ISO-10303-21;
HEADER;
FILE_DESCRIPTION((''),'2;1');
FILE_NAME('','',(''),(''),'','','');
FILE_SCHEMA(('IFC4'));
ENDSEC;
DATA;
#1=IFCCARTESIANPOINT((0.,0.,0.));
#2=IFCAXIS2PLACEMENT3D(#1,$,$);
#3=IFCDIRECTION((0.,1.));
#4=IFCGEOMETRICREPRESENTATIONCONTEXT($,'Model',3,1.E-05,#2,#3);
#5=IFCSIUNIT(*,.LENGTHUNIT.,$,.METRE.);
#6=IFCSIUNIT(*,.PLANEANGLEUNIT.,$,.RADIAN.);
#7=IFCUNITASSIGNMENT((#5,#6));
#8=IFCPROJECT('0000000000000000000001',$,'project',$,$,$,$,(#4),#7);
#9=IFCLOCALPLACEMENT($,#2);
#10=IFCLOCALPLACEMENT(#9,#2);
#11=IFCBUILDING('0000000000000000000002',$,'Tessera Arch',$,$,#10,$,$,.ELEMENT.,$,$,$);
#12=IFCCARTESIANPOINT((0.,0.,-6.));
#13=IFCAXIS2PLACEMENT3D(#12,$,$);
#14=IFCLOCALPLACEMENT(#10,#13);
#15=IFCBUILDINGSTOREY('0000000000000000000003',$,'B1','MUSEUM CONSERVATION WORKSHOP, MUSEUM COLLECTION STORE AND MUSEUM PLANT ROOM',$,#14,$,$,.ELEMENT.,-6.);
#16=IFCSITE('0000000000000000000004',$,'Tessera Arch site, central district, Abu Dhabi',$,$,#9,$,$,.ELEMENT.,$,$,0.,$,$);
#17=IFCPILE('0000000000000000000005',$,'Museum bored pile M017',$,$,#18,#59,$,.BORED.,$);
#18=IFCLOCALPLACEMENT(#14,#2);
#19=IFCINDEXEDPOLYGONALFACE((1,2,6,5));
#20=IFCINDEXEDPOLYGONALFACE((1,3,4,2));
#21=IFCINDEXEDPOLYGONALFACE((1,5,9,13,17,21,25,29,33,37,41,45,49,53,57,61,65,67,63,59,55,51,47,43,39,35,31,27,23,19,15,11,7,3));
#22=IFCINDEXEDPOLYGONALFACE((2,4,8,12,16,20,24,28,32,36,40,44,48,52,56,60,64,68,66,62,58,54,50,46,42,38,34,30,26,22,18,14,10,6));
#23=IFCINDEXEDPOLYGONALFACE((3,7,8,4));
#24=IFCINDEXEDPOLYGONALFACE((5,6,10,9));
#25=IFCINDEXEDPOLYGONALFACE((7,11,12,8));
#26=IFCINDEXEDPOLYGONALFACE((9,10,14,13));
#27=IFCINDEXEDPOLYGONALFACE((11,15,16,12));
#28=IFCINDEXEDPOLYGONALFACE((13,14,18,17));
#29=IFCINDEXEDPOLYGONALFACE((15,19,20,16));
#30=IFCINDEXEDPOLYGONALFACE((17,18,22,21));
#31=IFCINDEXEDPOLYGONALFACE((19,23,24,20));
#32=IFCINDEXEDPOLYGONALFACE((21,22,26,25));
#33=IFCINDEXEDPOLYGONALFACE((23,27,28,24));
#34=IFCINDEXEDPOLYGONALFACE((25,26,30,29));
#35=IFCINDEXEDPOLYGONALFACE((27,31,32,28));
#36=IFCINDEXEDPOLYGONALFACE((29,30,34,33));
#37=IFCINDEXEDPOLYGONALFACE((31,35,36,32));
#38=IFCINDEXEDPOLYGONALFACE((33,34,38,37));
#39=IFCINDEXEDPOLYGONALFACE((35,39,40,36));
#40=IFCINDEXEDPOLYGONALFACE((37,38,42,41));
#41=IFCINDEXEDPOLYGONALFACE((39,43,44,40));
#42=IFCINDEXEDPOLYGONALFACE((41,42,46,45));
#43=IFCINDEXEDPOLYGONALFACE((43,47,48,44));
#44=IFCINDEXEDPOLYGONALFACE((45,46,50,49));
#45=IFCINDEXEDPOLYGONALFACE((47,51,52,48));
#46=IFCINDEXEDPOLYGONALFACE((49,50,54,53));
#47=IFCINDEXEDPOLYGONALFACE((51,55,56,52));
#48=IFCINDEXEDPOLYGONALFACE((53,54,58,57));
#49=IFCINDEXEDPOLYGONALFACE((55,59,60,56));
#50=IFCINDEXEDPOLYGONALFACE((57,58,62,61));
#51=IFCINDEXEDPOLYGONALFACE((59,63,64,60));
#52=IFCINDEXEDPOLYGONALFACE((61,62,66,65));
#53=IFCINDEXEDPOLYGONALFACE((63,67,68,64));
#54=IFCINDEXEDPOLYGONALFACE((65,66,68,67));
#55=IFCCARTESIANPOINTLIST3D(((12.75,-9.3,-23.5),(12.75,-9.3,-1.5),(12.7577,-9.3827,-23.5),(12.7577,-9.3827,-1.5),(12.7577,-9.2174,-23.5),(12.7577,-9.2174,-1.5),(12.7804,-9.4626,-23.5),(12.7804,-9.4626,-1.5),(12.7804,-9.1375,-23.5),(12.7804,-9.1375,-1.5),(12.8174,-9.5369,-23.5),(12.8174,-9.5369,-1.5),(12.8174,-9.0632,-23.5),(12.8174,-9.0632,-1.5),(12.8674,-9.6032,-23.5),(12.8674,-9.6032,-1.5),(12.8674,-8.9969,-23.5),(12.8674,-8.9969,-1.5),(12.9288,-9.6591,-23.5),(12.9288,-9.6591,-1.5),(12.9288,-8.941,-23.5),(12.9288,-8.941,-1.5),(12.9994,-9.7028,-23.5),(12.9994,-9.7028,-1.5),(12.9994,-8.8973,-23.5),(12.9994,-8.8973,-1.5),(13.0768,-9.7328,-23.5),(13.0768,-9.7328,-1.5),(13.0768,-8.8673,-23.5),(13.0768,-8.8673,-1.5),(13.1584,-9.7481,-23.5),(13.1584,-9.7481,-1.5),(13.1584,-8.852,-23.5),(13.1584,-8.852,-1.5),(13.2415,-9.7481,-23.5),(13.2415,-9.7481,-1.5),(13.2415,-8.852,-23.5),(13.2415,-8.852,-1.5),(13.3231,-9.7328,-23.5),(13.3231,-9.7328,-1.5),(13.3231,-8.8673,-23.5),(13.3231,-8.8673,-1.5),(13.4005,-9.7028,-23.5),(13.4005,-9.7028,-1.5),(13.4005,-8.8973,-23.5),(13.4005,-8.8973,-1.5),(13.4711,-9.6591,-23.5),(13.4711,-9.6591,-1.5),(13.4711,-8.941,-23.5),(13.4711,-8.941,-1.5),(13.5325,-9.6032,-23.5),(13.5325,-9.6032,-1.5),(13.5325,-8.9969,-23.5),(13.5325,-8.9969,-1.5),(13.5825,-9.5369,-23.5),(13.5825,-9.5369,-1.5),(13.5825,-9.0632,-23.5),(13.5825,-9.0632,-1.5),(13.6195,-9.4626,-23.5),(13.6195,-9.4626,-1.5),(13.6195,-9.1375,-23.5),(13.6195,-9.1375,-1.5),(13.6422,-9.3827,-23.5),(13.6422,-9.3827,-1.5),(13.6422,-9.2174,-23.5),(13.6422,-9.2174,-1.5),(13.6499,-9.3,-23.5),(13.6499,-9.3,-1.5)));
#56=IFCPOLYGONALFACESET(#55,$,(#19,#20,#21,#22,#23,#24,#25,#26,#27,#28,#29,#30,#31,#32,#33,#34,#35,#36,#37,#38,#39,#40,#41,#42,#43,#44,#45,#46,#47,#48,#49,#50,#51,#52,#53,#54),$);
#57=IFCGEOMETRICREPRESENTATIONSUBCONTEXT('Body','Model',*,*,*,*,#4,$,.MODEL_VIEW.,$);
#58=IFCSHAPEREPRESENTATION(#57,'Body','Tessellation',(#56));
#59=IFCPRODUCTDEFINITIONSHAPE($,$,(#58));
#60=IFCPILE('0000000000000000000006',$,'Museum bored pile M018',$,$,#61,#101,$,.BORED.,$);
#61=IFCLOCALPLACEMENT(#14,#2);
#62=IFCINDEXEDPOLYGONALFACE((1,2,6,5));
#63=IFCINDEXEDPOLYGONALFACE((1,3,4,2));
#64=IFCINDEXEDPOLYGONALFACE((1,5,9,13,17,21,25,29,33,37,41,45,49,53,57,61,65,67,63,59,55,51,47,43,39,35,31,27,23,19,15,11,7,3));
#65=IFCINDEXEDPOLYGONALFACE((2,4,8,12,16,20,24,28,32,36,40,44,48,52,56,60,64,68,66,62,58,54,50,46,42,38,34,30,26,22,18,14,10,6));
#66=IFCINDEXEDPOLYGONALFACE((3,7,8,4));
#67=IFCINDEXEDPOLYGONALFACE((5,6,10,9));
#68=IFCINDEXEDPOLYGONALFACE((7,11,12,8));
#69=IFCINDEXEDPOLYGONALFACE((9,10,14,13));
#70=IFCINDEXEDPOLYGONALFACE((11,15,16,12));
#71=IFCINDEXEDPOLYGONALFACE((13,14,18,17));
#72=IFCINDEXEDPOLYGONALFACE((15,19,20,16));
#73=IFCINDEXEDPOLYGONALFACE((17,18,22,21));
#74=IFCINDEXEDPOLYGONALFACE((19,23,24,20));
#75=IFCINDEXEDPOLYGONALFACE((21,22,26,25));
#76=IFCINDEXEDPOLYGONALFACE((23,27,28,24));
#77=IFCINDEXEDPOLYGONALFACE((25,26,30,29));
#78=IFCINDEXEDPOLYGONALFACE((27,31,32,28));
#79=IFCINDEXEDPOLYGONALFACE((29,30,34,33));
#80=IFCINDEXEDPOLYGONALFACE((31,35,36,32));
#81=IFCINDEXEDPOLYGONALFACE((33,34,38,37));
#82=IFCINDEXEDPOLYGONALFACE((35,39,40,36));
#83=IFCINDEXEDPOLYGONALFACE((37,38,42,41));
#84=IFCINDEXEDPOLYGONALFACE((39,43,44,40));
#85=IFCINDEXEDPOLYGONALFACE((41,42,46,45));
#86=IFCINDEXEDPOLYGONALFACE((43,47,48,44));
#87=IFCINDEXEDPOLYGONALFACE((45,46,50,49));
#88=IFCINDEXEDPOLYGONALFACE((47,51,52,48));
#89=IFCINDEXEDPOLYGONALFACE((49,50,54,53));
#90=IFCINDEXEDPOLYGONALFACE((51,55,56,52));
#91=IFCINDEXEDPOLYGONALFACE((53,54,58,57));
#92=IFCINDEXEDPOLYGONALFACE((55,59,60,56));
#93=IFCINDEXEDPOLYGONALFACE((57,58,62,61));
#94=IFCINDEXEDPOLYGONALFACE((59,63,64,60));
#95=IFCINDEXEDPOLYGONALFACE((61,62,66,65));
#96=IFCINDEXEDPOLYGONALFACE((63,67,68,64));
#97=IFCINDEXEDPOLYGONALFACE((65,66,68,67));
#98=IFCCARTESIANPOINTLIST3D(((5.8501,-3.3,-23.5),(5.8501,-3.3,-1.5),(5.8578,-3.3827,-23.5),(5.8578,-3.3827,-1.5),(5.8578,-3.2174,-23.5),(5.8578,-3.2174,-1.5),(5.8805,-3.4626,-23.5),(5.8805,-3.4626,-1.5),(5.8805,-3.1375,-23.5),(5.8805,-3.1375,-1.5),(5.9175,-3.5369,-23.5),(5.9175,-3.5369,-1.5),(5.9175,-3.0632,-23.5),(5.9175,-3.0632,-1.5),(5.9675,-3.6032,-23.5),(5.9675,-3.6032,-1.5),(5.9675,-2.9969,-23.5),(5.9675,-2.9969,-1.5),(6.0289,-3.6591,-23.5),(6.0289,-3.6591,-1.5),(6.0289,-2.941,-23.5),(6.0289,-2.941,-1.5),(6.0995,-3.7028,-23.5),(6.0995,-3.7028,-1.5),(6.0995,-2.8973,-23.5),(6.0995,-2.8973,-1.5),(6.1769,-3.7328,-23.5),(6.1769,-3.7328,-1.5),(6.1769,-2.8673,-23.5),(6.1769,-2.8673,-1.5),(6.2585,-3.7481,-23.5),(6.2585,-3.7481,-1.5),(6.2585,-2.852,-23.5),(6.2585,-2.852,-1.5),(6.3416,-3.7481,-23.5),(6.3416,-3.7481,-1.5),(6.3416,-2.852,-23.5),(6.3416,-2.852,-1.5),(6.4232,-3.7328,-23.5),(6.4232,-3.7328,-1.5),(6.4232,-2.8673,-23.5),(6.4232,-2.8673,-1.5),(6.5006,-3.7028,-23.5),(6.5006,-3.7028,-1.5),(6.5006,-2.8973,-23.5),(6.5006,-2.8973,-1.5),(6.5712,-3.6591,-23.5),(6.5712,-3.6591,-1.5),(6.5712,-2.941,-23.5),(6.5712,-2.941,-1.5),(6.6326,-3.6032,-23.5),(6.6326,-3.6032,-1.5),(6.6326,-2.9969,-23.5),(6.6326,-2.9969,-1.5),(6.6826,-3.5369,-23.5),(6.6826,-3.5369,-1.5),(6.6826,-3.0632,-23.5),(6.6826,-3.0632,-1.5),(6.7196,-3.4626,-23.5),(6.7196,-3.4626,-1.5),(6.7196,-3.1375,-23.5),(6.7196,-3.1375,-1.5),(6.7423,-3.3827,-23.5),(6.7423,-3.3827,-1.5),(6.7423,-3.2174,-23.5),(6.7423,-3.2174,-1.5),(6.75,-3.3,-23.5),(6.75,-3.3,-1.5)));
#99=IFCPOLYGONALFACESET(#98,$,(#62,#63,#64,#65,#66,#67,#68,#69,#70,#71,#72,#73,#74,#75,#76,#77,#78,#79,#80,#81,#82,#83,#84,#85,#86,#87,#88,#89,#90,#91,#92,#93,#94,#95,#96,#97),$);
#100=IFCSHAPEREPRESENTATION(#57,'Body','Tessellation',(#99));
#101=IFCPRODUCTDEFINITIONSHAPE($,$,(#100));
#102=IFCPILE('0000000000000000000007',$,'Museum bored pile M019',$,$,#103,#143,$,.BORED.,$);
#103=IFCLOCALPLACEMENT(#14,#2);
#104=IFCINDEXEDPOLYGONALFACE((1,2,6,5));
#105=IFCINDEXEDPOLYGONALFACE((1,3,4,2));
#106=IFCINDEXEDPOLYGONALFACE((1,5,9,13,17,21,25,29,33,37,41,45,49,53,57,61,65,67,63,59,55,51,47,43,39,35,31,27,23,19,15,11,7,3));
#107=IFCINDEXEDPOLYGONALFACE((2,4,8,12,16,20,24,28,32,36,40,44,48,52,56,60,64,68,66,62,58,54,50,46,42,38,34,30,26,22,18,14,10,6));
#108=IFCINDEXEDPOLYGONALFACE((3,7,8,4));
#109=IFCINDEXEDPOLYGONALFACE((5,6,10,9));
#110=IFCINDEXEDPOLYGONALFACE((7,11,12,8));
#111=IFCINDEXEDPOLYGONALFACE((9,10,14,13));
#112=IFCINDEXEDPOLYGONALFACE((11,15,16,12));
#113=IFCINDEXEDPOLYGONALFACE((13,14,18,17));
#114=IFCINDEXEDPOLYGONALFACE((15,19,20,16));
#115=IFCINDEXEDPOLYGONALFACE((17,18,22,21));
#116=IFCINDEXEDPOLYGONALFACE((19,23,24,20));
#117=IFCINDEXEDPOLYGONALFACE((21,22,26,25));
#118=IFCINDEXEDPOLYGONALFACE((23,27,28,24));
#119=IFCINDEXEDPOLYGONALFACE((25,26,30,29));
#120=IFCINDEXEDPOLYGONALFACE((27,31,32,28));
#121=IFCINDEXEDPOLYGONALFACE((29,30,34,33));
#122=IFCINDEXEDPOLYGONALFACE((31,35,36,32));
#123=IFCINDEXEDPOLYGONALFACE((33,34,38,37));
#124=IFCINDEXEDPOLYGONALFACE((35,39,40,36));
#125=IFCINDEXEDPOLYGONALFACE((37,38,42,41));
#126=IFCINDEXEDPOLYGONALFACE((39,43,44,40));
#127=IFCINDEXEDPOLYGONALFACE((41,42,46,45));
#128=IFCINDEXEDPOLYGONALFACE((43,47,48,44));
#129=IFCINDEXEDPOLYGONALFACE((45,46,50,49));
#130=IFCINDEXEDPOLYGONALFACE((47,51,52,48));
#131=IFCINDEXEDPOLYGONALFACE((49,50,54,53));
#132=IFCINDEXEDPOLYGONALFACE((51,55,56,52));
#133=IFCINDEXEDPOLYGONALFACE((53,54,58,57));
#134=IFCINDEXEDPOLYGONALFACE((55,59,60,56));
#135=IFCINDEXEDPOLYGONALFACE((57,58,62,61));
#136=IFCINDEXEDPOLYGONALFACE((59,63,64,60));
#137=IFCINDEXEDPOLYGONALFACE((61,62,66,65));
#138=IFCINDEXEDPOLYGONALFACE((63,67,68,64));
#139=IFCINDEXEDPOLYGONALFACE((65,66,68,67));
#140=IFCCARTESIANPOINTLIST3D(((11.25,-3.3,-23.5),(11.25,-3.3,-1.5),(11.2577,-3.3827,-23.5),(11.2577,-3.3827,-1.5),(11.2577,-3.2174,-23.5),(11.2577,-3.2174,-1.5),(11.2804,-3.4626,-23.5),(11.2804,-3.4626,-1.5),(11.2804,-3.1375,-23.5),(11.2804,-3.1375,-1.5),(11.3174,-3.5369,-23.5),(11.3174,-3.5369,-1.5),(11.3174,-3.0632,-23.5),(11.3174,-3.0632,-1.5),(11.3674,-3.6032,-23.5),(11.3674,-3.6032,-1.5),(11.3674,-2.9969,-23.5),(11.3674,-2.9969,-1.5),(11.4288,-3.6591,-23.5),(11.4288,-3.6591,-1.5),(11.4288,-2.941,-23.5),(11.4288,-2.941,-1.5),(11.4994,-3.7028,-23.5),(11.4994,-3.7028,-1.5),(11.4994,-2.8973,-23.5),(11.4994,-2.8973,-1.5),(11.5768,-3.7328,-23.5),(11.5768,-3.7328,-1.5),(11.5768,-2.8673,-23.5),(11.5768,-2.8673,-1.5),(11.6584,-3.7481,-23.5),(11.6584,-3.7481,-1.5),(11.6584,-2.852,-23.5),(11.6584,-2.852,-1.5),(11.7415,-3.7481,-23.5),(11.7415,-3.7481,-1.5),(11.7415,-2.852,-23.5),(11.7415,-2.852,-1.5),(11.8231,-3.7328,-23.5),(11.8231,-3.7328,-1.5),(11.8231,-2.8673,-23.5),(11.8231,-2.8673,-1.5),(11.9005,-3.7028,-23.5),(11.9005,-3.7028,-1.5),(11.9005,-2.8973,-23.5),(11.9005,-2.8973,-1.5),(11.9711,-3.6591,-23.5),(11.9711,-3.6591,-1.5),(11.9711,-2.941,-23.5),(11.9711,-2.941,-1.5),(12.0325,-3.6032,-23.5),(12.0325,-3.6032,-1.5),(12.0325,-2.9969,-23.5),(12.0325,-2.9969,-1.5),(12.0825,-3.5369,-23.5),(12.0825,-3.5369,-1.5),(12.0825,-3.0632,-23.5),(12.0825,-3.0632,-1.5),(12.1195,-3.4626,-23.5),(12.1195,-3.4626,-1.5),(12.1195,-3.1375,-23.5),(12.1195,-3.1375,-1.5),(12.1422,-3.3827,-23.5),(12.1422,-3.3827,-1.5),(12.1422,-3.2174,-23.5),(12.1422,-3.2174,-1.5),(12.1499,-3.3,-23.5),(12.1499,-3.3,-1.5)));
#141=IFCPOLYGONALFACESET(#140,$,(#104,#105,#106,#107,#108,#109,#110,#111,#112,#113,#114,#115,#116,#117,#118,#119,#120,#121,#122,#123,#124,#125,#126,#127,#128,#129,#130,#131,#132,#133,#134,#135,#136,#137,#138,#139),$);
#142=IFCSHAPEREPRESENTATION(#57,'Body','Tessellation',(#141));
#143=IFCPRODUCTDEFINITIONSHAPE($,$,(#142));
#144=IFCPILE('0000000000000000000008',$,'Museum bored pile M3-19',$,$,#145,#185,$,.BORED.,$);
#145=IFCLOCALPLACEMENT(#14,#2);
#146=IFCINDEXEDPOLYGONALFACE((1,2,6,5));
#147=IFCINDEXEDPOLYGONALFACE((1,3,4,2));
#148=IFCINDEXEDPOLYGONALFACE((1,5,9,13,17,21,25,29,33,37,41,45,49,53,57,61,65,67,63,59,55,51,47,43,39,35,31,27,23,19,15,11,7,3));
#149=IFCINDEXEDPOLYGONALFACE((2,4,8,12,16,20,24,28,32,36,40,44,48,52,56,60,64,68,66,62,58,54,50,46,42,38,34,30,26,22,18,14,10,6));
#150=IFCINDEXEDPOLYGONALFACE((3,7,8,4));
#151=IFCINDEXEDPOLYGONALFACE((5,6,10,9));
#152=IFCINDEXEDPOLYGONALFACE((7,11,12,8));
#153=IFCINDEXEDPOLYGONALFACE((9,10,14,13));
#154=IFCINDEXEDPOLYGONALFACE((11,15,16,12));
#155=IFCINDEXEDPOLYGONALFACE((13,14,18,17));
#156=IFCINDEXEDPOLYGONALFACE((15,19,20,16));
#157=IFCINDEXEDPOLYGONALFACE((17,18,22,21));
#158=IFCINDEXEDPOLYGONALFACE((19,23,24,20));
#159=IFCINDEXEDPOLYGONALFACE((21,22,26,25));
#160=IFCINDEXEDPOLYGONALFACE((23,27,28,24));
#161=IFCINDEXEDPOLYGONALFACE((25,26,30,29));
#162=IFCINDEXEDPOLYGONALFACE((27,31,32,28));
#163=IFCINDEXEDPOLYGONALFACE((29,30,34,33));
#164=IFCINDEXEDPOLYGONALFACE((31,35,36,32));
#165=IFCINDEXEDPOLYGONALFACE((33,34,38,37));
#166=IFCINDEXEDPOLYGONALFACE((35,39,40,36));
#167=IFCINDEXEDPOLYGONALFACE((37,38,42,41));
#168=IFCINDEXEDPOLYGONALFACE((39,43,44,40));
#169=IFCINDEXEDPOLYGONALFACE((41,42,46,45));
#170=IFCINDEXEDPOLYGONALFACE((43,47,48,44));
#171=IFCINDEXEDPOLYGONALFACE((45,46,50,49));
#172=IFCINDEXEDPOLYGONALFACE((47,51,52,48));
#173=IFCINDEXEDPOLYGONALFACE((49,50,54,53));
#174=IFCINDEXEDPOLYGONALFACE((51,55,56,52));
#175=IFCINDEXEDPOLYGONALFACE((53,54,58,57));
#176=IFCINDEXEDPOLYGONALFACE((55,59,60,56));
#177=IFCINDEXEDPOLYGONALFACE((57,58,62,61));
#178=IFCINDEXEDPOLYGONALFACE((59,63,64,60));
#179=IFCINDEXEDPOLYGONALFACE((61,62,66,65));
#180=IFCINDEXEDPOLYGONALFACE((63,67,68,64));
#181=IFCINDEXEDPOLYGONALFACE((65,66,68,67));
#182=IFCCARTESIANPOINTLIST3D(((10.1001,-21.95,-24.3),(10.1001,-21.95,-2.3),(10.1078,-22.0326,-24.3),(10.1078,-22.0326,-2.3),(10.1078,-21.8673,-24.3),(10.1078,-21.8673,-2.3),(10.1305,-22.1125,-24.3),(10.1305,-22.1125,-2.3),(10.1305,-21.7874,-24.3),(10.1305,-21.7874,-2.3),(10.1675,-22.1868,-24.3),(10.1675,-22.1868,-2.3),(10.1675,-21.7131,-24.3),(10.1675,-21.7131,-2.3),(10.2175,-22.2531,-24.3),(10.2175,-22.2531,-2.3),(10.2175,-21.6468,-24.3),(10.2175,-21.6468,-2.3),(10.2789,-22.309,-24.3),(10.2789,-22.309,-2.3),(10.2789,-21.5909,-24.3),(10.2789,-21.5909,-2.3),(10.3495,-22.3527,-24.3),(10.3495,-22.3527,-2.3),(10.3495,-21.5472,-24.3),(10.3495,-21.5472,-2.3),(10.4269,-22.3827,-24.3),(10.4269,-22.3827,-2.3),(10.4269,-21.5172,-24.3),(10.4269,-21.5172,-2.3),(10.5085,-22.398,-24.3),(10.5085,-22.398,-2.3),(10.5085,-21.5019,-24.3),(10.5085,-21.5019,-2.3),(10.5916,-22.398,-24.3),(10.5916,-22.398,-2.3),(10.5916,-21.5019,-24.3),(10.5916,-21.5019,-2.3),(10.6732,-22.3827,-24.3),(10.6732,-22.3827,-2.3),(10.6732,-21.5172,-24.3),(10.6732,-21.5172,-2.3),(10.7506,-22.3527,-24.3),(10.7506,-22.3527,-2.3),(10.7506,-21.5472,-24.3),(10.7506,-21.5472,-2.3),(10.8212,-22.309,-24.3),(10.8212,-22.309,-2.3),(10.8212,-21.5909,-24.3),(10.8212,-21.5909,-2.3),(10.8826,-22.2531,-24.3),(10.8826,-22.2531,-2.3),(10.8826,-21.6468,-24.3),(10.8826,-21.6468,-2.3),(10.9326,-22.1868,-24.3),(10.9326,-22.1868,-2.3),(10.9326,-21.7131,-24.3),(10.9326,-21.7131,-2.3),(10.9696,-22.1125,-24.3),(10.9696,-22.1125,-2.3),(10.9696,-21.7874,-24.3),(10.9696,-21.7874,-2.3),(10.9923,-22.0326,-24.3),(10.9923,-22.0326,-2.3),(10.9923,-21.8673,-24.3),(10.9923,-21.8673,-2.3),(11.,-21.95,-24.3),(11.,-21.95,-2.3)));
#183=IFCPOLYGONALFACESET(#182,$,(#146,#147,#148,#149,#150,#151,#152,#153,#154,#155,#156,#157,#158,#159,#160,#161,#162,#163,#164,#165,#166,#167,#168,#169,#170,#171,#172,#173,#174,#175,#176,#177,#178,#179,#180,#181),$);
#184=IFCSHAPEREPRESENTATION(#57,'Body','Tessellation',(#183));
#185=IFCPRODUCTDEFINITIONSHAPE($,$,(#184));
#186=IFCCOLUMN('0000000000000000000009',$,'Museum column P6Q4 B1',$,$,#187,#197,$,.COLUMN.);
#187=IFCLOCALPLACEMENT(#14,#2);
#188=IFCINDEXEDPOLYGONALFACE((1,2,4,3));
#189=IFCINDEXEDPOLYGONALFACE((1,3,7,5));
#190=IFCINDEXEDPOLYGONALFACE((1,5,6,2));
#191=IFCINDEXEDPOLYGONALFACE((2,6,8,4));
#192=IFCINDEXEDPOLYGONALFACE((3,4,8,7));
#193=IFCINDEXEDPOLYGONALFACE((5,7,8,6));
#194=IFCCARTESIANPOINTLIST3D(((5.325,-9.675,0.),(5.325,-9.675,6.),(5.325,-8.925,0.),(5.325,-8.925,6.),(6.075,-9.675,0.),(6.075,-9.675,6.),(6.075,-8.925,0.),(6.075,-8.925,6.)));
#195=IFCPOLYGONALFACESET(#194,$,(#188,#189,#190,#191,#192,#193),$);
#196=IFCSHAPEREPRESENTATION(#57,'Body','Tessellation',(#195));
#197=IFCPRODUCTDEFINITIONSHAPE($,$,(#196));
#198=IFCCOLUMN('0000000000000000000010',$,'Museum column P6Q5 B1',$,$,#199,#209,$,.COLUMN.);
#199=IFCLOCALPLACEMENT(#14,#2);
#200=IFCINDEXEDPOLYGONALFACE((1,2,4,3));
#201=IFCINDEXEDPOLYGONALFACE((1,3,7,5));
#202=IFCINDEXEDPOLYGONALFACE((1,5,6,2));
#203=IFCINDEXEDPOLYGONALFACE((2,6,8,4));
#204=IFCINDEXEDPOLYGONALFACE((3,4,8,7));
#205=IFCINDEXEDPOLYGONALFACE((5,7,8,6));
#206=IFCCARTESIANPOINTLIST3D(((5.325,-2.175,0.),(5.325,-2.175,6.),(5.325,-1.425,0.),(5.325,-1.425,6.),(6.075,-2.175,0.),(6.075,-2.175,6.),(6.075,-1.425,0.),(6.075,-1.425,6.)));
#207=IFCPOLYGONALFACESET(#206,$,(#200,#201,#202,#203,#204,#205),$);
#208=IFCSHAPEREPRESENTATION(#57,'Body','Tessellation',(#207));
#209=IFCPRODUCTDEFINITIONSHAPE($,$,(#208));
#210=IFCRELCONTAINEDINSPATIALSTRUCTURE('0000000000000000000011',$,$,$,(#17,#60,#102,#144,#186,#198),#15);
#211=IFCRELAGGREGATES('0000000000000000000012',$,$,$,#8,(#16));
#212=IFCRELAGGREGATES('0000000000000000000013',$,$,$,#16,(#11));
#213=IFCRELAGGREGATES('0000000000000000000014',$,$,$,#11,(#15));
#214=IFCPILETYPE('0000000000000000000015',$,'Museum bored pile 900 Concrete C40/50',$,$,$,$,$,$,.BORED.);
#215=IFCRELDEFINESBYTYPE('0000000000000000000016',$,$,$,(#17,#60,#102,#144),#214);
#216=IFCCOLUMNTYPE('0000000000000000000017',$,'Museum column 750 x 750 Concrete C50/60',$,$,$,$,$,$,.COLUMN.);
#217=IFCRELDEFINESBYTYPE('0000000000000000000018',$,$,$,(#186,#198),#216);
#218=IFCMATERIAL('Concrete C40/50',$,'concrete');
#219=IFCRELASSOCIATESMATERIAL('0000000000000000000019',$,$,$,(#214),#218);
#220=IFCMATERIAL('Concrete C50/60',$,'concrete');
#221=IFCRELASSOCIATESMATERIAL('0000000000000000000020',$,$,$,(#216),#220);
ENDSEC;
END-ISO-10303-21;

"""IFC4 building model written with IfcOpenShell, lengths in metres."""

from ifc_helpers import new_model, si_unit, direction, frame, origin, origin_2d, place, context, subcontext, project, spatial, rectangle, circle, extrude, material, material_profile, profile_set, type_object, element, save


model = new_model("IFC4")

# Units and contexts
model_context = context("Model", 3, precision=1e-05, world=origin(), true_north=direction((0.0, 1.0)))
body_context = subcontext(model_context, "Body", "Model", "MODEL_VIEW")
ifc_project = project(units=[si_unit("LENGTHUNIT", "METRE"), si_unit("PLANEANGLEUNIT", "RADIAN")], contexts=[model_context])

# Site, building, storey
site_placement = place(None, origin())
site = spatial("IfcSite", under=ifc_project, at=site_placement, Name="Tessera Arch site, central district, Abu Dhabi", CompositionType="ELEMENT", RefElevation=0.0)
building_placement = place(site_placement, origin())
building = spatial("IfcBuilding", under=site, at=building_placement, Name="Tessera Arch", CompositionType="ELEMENT")
storey_placement = place(building_placement, frame((0.0, 0.0, -6.0)))
storey = spatial("IfcBuildingStorey", under=building, at=storey_placement, Name="B1", Description="MUSEUM CONSERVATION WORKSHOP, MUSEUM COLLECTION STORE AND MUSEUM PLANT ROOM", CompositionType="ELEMENT", Elevation=-6.0)

# Piles
ifc_material_1 = material(Name="Concrete C40/50", Category="concrete")
pile_type_1 = type_object("IfcPileType", Name="Museum bored pile 900 Concrete C40/50", PredefinedType="BORED", material=ifc_material_1)
for number, where, z_axis, x_axis, name in (
    (1, (13.2, -9.3, -1.5), (0.0, 0.0, -1.0), (1.0, 0.0, 0.0), "Museum bored pile M017"),
    (2, (6.3, -3.3, -1.5), (0.0, 0.0, -1.0), (1.0, 0.0, 0.0), "Museum bored pile M018"),
    (3, (11.7, -3.3, -1.5), (0.0, 0.0, -1.0), (1.0, 0.0, 0.0), "Museum bored pile M019"),
    (4, (10.55, -21.95, -2.3), (0.0, 0.0, -1.0), (1.0, 0.0, 0.0), "Museum bored pile M3-19"),
):
    element("IfcPile", number, at=place(storey_placement, frame(where, z_axis=z_axis, x_axis=x_axis)), inside=storey, type_object=pile_type_1, Name=name, PredefinedType="BORED", context=body_context, shape_type="SweptSolid", body=[
        extrude(circle(Radius=0.45, at=origin_2d()), origin(), (0.0, 0.0, 1.0), 22.0),
    ])

# Columns
ifc_material_2 = material(Name="Concrete C50/60", Category="concrete")
ifc_material_profile_1 = material_profile(ifc_material_2, rectangle(XDim=0.75, YDim=0.75, at=origin_2d()), Name="Museum column 750 x 750 Concrete C50/60")
ifc_profile_set_1 = profile_set([ifc_material_profile_1], Name="Concrete C50/60")
column_type_1 = type_object("IfcColumnType", Name="Museum column 750 x 750 Concrete C50/60", PredefinedType="COLUMN", material=ifc_profile_set_1)
for number, where, z_axis, x_axis, name in (
    (5, (5.7, -9.3, 0.0), (0.0, 0.0, 1.0), (1.0, 0.0, 0.0), "Museum column P6Q4 B1"),
    (6, (5.7, -1.8, 0.0), (0.0, 0.0, 1.0), (1.0, 0.0, 0.0), "Museum column P6Q5 B1"),
):
    element("IfcColumn", number, at=place(storey_placement, frame(where, z_axis=z_axis, x_axis=x_axis)), inside=storey, type_object=column_type_1, Name=name, PredefinedType="COLUMN", context=body_context, shape_type="SweptSolid", body=[
        extrude(rectangle(XDim=0.75, YDim=0.75, at=origin_2d()), origin(), (0.0, 0.0, 1.0), 6.0),
    ])

save(model, "model.ifc")
